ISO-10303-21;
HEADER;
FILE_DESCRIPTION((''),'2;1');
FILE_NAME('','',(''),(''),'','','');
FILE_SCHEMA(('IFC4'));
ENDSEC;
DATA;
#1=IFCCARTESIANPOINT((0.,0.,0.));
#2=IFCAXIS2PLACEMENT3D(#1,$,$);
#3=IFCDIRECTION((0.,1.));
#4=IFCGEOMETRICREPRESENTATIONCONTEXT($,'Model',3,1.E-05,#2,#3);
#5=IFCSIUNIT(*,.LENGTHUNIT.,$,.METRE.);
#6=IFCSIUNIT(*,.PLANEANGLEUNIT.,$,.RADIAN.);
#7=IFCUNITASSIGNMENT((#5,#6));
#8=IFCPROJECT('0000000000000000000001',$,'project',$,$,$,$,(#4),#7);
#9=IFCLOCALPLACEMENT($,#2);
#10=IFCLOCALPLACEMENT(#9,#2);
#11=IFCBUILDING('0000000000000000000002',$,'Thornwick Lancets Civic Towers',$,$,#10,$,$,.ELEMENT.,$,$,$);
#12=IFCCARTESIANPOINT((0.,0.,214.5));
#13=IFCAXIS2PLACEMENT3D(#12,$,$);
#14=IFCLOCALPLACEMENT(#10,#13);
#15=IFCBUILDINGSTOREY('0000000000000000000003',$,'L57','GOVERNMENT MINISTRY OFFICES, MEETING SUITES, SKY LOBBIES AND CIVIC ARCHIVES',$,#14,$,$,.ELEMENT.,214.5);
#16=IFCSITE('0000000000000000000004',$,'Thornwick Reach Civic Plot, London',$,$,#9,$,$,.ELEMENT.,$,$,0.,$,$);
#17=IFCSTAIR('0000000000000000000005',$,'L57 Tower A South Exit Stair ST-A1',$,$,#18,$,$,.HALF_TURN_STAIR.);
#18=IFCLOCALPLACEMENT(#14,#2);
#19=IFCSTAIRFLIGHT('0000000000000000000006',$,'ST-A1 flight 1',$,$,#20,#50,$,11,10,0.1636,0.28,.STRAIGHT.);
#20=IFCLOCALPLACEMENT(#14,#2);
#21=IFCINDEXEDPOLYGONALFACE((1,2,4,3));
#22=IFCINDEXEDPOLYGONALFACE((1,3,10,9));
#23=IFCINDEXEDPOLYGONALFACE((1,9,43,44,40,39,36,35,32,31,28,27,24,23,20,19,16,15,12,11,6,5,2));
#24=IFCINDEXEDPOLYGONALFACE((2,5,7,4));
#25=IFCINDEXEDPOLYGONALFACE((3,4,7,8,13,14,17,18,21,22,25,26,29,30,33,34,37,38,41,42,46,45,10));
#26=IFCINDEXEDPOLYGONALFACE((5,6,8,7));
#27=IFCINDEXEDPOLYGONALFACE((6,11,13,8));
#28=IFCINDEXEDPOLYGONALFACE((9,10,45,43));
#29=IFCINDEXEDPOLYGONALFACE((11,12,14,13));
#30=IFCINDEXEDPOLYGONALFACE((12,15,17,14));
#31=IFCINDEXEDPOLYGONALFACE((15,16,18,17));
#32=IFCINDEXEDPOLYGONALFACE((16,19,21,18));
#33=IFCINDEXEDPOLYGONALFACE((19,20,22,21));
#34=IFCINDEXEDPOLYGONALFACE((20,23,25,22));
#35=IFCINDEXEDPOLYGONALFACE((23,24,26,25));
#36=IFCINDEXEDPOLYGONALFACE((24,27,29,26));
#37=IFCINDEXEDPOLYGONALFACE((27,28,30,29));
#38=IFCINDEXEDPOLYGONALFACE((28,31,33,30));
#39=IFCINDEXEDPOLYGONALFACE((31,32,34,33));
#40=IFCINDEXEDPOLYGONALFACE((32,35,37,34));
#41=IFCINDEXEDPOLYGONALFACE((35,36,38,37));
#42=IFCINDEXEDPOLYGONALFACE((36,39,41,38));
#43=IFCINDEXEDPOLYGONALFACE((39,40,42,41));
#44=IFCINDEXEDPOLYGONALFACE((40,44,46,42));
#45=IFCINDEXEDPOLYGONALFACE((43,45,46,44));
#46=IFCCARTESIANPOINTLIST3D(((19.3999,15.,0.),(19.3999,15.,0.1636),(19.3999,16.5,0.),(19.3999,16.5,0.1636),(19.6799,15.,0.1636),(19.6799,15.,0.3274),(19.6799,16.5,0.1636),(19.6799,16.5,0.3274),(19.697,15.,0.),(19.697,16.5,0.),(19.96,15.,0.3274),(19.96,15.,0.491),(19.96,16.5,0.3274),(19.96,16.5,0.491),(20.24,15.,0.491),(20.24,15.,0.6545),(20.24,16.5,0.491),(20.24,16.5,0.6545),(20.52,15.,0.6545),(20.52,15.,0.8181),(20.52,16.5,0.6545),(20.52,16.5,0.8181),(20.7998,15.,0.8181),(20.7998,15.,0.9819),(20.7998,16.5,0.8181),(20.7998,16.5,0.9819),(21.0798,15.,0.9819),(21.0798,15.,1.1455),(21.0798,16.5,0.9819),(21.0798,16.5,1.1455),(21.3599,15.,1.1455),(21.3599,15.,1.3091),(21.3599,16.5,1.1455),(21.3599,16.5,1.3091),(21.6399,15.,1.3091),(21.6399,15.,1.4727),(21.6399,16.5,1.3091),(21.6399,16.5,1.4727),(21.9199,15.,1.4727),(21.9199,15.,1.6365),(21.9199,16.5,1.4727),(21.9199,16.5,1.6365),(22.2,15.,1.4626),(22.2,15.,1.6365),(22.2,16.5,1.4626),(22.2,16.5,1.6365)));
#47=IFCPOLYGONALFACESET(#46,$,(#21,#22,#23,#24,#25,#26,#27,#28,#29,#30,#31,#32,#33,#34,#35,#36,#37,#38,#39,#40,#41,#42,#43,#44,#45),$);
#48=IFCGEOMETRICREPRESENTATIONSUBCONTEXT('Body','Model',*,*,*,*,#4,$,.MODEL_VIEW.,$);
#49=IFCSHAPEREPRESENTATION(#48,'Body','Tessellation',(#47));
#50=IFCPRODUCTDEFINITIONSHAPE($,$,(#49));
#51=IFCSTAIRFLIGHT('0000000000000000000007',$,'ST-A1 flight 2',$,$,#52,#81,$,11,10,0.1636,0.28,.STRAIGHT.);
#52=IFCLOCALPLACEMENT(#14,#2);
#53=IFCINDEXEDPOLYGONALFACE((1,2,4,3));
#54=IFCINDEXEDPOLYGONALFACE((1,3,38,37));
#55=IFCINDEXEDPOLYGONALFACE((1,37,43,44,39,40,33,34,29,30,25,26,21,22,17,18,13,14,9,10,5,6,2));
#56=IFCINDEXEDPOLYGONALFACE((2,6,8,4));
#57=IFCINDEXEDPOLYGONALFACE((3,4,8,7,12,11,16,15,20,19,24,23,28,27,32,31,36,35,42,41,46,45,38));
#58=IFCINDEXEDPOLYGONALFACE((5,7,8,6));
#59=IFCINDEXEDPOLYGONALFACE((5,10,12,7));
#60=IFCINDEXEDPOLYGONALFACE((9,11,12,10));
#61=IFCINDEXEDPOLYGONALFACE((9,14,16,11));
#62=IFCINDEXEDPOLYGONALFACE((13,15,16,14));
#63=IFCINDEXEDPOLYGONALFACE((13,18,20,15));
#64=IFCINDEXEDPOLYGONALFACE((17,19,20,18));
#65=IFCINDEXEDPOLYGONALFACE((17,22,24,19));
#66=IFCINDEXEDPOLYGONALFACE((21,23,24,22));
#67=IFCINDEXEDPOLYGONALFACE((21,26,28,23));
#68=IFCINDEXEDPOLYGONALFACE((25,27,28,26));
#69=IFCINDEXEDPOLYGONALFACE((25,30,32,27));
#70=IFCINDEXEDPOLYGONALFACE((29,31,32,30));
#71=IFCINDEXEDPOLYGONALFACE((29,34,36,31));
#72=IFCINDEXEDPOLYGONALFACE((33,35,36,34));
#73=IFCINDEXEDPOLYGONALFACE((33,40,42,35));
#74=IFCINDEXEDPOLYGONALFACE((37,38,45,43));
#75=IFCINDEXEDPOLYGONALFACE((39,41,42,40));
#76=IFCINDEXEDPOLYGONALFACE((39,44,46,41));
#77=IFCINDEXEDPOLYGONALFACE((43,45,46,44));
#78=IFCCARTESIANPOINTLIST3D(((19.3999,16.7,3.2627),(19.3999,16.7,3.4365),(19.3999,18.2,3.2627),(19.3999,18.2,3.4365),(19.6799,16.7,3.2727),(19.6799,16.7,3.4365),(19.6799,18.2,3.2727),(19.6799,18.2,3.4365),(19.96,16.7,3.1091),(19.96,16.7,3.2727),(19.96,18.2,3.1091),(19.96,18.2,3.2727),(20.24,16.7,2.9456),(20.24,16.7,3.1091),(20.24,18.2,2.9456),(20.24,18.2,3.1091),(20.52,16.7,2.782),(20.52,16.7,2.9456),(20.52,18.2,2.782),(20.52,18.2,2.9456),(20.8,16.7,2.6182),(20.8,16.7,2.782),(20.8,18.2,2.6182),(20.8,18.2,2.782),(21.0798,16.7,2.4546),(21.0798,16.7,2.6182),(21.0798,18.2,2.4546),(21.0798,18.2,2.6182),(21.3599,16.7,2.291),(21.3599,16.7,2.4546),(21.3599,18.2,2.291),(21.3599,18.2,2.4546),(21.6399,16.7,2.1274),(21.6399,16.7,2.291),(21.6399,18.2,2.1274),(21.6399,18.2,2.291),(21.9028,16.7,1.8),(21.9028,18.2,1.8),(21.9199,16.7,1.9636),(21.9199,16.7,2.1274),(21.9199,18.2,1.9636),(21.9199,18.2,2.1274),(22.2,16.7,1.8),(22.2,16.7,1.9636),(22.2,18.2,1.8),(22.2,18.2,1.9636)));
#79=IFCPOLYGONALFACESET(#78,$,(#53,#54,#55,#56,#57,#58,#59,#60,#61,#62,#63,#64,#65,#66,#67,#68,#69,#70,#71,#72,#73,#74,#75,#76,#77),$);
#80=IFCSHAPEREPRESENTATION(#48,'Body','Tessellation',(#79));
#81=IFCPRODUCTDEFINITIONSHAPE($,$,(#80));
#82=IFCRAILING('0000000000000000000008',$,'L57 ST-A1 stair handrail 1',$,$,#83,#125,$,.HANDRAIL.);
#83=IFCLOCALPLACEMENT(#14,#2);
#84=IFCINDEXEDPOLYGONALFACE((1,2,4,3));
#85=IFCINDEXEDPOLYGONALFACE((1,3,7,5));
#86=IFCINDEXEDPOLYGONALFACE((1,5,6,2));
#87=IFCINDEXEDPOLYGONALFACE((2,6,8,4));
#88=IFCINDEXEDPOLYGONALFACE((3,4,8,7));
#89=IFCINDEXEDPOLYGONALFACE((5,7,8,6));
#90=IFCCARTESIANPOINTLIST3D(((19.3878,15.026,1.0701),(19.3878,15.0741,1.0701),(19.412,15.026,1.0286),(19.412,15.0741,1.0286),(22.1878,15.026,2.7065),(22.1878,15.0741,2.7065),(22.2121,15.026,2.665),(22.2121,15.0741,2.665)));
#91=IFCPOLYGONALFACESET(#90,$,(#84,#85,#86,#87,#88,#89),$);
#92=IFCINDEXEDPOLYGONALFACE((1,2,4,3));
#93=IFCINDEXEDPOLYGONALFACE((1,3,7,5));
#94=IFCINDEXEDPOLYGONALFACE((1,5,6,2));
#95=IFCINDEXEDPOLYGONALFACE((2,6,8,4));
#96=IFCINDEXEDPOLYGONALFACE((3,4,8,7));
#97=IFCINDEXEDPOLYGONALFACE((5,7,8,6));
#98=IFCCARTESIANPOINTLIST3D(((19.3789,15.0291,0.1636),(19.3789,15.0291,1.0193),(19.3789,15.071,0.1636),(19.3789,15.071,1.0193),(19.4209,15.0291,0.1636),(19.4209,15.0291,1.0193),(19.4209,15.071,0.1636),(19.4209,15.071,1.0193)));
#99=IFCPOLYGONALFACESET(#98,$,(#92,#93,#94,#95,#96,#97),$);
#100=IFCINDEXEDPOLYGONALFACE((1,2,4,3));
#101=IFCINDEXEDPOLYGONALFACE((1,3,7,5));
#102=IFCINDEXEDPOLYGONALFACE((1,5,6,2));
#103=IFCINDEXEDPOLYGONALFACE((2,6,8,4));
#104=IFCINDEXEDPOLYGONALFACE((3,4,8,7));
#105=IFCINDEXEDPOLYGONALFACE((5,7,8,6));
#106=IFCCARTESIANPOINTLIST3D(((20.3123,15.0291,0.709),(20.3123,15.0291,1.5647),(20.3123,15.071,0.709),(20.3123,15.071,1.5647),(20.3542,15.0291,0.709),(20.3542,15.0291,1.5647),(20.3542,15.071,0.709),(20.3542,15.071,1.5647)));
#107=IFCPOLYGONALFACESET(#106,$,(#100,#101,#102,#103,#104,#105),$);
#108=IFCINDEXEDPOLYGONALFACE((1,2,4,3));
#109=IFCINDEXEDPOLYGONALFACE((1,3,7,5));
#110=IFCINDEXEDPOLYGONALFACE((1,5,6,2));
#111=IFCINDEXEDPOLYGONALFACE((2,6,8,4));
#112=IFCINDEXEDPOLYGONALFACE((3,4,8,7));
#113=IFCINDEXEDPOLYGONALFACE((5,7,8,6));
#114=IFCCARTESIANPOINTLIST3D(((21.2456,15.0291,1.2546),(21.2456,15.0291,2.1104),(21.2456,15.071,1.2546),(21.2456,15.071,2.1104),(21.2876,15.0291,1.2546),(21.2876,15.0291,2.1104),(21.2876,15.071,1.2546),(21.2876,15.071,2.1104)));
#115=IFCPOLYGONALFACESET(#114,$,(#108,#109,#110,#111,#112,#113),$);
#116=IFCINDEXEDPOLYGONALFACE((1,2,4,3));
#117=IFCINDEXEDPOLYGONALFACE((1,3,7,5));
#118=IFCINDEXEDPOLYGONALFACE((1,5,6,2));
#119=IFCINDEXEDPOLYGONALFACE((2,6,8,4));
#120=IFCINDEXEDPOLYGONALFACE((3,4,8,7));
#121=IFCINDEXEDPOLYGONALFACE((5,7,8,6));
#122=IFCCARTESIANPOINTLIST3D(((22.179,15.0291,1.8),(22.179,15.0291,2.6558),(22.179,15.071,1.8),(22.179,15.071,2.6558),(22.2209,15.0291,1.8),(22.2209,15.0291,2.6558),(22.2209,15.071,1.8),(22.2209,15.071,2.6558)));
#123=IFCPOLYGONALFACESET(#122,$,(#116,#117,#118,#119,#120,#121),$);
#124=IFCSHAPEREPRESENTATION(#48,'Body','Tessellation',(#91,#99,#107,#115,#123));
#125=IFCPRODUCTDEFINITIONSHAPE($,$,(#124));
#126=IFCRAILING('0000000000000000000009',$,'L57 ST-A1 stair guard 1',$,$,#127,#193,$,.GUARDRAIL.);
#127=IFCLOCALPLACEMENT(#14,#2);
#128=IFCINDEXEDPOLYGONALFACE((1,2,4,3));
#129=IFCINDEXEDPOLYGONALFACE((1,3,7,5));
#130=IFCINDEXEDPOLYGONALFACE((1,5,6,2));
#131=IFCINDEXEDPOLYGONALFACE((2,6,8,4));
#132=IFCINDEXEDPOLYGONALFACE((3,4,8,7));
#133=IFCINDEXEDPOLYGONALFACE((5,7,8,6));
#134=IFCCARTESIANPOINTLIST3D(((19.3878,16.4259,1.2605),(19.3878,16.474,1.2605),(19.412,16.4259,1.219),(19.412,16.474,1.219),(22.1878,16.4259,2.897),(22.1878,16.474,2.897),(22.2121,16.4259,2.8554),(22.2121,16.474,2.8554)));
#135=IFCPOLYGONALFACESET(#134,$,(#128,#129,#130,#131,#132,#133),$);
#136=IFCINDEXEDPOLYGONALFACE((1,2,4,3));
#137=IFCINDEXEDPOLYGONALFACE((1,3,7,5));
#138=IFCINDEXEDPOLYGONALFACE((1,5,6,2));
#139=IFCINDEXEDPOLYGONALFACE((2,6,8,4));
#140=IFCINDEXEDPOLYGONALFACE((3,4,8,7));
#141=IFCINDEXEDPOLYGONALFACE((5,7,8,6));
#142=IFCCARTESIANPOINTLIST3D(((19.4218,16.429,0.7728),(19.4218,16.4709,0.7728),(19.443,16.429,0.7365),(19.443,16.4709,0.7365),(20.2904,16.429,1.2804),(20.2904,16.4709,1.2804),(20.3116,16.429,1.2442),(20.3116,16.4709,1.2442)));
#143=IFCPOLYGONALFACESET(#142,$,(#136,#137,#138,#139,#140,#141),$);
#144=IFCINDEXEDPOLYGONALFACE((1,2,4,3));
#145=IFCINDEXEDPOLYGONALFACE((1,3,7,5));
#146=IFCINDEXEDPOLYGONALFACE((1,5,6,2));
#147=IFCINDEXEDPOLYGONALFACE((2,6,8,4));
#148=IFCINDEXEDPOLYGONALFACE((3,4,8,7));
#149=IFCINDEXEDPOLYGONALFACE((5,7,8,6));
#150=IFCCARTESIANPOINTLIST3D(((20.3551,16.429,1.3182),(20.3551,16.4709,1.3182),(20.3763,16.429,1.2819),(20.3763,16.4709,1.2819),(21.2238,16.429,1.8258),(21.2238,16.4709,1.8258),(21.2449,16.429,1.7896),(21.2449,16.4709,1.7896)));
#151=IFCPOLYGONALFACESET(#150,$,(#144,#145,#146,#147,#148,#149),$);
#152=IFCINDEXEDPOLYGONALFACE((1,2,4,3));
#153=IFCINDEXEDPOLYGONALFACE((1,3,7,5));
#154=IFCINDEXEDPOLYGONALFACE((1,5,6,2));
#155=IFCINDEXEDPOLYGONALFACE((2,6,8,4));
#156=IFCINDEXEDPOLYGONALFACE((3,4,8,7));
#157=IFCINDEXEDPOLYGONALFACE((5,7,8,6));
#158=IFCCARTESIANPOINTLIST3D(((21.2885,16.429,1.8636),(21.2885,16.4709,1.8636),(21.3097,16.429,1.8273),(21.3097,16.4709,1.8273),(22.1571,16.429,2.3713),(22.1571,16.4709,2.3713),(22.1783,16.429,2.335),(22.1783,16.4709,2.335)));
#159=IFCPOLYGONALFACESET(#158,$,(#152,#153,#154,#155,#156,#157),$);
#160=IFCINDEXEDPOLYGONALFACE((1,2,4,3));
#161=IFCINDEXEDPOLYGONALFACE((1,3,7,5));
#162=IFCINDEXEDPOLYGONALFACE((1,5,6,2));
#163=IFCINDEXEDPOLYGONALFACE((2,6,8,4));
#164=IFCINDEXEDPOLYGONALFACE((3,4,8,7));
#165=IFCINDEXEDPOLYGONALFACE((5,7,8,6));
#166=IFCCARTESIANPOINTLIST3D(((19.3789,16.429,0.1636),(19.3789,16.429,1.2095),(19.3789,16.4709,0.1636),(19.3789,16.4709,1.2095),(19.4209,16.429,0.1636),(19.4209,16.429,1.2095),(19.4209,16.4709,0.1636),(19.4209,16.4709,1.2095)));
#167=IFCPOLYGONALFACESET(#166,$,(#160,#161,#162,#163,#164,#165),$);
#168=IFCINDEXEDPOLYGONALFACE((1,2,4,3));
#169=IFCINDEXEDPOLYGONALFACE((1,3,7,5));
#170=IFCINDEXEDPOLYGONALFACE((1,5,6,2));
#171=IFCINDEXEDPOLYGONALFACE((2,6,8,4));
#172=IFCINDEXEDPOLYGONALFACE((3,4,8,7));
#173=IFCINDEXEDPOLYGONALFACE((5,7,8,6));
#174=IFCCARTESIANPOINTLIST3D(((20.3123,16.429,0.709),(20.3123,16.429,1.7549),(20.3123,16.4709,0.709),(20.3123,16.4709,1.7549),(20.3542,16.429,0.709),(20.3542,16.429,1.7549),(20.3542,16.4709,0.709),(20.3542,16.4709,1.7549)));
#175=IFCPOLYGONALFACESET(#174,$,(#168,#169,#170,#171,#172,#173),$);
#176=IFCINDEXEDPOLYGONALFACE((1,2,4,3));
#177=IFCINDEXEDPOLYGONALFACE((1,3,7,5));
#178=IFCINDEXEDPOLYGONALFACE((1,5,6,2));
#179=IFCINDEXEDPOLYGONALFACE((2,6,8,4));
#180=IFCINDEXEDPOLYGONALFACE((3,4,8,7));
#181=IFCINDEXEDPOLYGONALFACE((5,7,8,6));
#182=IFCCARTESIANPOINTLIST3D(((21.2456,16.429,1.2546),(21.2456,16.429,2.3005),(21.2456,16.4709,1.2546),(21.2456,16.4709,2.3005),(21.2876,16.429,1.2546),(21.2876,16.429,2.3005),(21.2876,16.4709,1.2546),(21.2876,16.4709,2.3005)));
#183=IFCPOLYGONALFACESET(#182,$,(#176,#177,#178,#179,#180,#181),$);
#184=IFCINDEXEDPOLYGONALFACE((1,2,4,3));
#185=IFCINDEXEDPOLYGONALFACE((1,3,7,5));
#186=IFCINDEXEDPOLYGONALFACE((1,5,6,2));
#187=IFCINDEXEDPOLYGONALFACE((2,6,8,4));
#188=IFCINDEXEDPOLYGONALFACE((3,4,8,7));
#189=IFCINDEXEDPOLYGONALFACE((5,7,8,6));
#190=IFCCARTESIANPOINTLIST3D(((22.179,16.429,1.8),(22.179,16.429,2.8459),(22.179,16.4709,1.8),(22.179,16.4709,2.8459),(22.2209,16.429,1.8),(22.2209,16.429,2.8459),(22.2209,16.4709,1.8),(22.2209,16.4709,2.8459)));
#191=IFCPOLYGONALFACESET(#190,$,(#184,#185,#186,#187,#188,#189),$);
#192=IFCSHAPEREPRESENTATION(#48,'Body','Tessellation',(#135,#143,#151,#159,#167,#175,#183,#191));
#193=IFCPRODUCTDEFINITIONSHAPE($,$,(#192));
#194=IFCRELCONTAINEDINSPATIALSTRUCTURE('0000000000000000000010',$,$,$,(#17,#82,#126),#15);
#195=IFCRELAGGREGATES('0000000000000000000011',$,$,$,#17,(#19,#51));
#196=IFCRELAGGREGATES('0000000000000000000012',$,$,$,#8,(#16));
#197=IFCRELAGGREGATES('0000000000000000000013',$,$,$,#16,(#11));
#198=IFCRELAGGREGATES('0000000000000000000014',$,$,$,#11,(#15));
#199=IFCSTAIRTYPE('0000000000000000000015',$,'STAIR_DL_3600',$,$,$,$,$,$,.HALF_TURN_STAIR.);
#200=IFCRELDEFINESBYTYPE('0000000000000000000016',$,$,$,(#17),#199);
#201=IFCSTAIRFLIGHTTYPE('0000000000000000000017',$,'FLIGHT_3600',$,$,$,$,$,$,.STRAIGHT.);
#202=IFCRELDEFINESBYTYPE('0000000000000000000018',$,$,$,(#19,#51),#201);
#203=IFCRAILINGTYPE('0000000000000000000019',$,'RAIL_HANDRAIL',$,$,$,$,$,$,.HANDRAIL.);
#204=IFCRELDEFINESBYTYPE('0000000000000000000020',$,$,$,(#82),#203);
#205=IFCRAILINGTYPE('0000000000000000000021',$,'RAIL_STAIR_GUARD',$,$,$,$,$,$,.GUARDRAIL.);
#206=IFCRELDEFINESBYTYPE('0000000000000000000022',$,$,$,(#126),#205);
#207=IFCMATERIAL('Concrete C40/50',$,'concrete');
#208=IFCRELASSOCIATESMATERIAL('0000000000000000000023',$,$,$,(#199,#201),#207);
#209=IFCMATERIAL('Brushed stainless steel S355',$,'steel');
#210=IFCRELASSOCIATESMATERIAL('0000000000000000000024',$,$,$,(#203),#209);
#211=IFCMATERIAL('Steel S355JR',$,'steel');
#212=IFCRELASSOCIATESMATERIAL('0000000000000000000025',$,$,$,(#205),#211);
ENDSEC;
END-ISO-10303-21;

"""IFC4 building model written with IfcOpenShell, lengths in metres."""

from ifc_helpers import new_model, si_unit, direction, frame, origin, origin_2d, place, context, subcontext, project, spatial, polyline, rectangle, outline, extrude, material, type_object, element, aggregate, save


model = new_model("IFC4")

# Units and contexts
model_context = context("Model", 3, precision=1e-05, world=origin(), true_north=direction((0.0, 1.0)))
body_context = subcontext(model_context, "Body", "Model", "MODEL_VIEW")
ifc_project = project(units=[si_unit("LENGTHUNIT", "METRE"), si_unit("PLANEANGLEUNIT", "RADIAN")], contexts=[model_context])

# Site, building, storey
site_placement = place(None, origin())
site = spatial("IfcSite", under=ifc_project, at=site_placement, Name="Thornwick Reach Civic Plot, London", CompositionType="ELEMENT", RefElevation=0.0)
building_placement = place(site_placement, origin())
building = spatial("IfcBuilding", under=site, at=building_placement, Name="Thornwick Lancets Civic Towers", CompositionType="ELEMENT")
storey_placement = place(building_placement, frame((0.0, 0.0, 214.5)))
storey = spatial("IfcBuildingStorey", under=building, at=storey_placement, Name="L57", Description="GOVERNMENT MINISTRY OFFICES, MEETING SUITES, SKY LOBBIES AND CIVIC ARCHIVES", CompositionType="ELEMENT", Elevation=214.5)

# Shared definitions
ifc_material_1 = material(Name="Steel S355JR", Category="steel")

# Shared definitions
ifc_material_2 = material(Name="Concrete C40/50", Category="concrete")

# Stair, stair flights
stair_type = type_object("IfcStairType", Name="STAIR_DL_3600", PredefinedType="HALF_TURN_STAIR", material=ifc_material_2)
stair_placement = place(storey_placement, origin())
stair = element("IfcStair", 1, at=stair_placement, inside=storey, type_object=stair_type, Name="L57 Tower A South Exit Stair ST-A1", PredefinedType="HALF_TURN_STAIR")
stair_flight_type = type_object("IfcStairFlightType", Name="FLIGHT_3600", PredefinedType="STRAIGHT", material=ifc_material_2)
stair_flight_1_placement = place(storey_placement, frame((19.3999, 15.75, 0.0), z_axis=(0.0, 0.0, 1.0), x_axis=(1.0, 0.0, 0.0)))
stair_flight_1 = element("IfcStairFlight", 2, at=stair_flight_1_placement, type_object=stair_flight_type, Name="ST-A1 flight 1", NumberOfRisers=11, NumberOfTreads=10, PredefinedType="STRAIGHT", RiserHeight=0.1636, TreadLength=0.28, context=body_context, shape_type="SweptSolid", body=[
    extrude(outline(polyline([(0.0, 0.0), (0.0, 0.1636), (0.28, 0.1636), (0.28, 0.3274), (0.5601, 0.3274), (0.5601, 0.491), (0.8401, 0.491), (0.8401, 0.6545), (1.1201, 0.6545), (1.1201, 0.8181), (1.3999, 0.8181), (1.3999, 0.9819), (1.6799, 0.9819), (1.6799, 1.1455), (1.96, 1.1455), (1.96, 1.3091), (2.24, 1.3091), (2.24, 1.4727), (2.52, 1.4727), (2.52, 1.6365), (2.8, 1.6365), (2.8, 1.8), (2.8, 1.4626), (0.2971, 0.0), (0.0, 0.0)])), frame((0.0, 0.75, 0.0), z_axis=(0.0, -1.0, 0.0), x_axis=(1.0, 0.0, 0.0)), (0.0, 0.0, 1.0), 1.5),
])
stair_flight_2_placement = place(storey_placement, frame((22.2, 17.45, 1.8), z_axis=(0.0, 0.0, 1.0), x_axis=(-1.0, 0.0, 0.0)))
stair_flight_2 = element("IfcStairFlight", 3, at=stair_flight_2_placement, type_object=stair_flight_type, Name="ST-A1 flight 2", NumberOfRisers=11, NumberOfTreads=10, PredefinedType="STRAIGHT", RiserHeight=0.1636, TreadLength=0.28, context=body_context, shape_type="SweptSolid", body=[
    extrude(outline(polyline([(0.0, 0.0), (0.0, 0.1636), (0.28, 0.1636), (0.28, 0.3274), (0.5601, 0.3274), (0.5601, 0.491), (0.8401, 0.491), (0.8401, 0.6545), (1.1201, 0.6545), (1.1201, 0.8181), (1.3999, 0.8181), (1.3999, 0.9819), (1.6799, 0.9819), (1.6799, 1.1455), (1.96, 1.1455), (1.96, 1.3091), (2.24, 1.3091), (2.24, 1.4727), (2.52, 1.4727), (2.52, 1.6365), (2.8, 1.6365), (2.8, 1.8), (2.8, 1.4626), (0.2971, 0.0), (0.0, 0.0)])), frame((0.0, 0.75, 0.0), z_axis=(0.0, -1.0, 0.0), x_axis=(1.0, 0.0, 0.0)), (0.0, 0.0, 1.0), 1.5),
])
aggregate(stair, [stair_flight_1, stair_flight_2])

# Railings
ifc_material_3 = material(Name="Brushed stainless steel S355", Category="steel")
railing_type_1 = type_object("IfcRailingType", Name="RAIL_HANDRAIL", PredefinedType="HANDRAIL", material=ifc_material_3)
railing_1_placement = place(storey_placement, frame((19.3999, 15.05, 0.1636)))
element("IfcRailing", 4, at=railing_1_placement, inside=storey, type_object=railing_type_1, Name="L57 ST-A1 stair handrail 1", PredefinedType="HANDRAIL", context=body_context, shape_type="SweptSolid", body=[
    extrude(rectangle(XDim=0.0481, YDim=0.0481, at=origin_2d()), frame((0.0, 0.0, 0.8857), z_axis=(0.863361, 0.0, 0.504587), x_axis=(0.0, 1.0, 0.0)), (0.0, 0.0, 1.0), 3.2432),
    extrude(rectangle(XDim=0.042, YDim=0.042, at=origin_2d()), origin(), (0.0, 0.0, 1.0), 0.8557),
    extrude(rectangle(XDim=0.042, YDim=0.042, at=origin_2d()), frame((0.9333, 0.0, 0.5454)), (0.0, 0.0, 1.0), 0.8557),
    extrude(rectangle(XDim=0.042, YDim=0.042, at=origin_2d()), frame((1.8667, 0.0, 1.0911)), (0.0, 0.0, 1.0), 0.8557),
    extrude(rectangle(XDim=0.042, YDim=0.042, at=origin_2d()), frame((2.8, 0.0, 1.6365)), (0.0, 0.0, 1.0), 0.8557),
])
railing_type_2 = type_object("IfcRailingType", Name="RAIL_STAIR_GUARD", PredefinedType="GUARDRAIL", material=ifc_material_1)
railing_2_placement = place(storey_placement, frame((19.3999, 16.45, 0.1636)))
element("IfcRailing", 5, at=railing_2_placement, inside=storey, type_object=railing_type_2, Name="L57 ST-A1 stair guard 1", PredefinedType="GUARDRAIL", context=body_context, shape_type="SweptSolid", body=[
    extrude(rectangle(XDim=0.0481, YDim=0.0481, at=origin_2d()), frame((0.0, 0.0, 1.0762), z_axis=(0.863361, 0.0, 0.504587), x_axis=(0.0, 1.0, 0.0)), (0.0, 0.0, 1.0), 3.2432),
    extrude(rectangle(XDim=0.042, YDim=0.042, at=origin_2d()), frame((0.0325, 0.0, 0.5911), z_axis=(0.863361, 0.0, 0.504587), x_axis=(0.0, 1.0, 0.0)), (0.0, 0.0, 1.0), 1.0061),
    extrude(rectangle(XDim=0.042, YDim=0.042, at=origin_2d()), frame((0.9658, 0.0, 1.1365), z_axis=(0.863361, 0.0, 0.504587), x_axis=(0.0, 1.0, 0.0)), (0.0, 0.0, 1.0), 1.0061),
    extrude(rectangle(XDim=0.042, YDim=0.042, at=origin_2d()), frame((1.8992, 0.0, 1.6819), z_axis=(0.863361, 0.0, 0.504587), x_axis=(0.0, 1.0, 0.0)), (0.0, 0.0, 1.0), 1.0061),
    extrude(rectangle(XDim=0.042, YDim=0.042, at=origin_2d()), origin(), (0.0, 0.0, 1.0), 1.0459),
    extrude(rectangle(XDim=0.042, YDim=0.042, at=origin_2d()), frame((0.9333, 0.0, 0.5454)), (0.0, 0.0, 1.0), 1.0459),
    extrude(rectangle(XDim=0.042, YDim=0.042, at=origin_2d()), frame((1.8667, 0.0, 1.0911)), (0.0, 0.0, 1.0), 1.0459),
    extrude(rectangle(XDim=0.042, YDim=0.042, at=origin_2d()), frame((2.8, 0.0, 1.6365)), (0.0, 0.0, 1.0), 1.0459),
])

save(model, "model.ifc")
